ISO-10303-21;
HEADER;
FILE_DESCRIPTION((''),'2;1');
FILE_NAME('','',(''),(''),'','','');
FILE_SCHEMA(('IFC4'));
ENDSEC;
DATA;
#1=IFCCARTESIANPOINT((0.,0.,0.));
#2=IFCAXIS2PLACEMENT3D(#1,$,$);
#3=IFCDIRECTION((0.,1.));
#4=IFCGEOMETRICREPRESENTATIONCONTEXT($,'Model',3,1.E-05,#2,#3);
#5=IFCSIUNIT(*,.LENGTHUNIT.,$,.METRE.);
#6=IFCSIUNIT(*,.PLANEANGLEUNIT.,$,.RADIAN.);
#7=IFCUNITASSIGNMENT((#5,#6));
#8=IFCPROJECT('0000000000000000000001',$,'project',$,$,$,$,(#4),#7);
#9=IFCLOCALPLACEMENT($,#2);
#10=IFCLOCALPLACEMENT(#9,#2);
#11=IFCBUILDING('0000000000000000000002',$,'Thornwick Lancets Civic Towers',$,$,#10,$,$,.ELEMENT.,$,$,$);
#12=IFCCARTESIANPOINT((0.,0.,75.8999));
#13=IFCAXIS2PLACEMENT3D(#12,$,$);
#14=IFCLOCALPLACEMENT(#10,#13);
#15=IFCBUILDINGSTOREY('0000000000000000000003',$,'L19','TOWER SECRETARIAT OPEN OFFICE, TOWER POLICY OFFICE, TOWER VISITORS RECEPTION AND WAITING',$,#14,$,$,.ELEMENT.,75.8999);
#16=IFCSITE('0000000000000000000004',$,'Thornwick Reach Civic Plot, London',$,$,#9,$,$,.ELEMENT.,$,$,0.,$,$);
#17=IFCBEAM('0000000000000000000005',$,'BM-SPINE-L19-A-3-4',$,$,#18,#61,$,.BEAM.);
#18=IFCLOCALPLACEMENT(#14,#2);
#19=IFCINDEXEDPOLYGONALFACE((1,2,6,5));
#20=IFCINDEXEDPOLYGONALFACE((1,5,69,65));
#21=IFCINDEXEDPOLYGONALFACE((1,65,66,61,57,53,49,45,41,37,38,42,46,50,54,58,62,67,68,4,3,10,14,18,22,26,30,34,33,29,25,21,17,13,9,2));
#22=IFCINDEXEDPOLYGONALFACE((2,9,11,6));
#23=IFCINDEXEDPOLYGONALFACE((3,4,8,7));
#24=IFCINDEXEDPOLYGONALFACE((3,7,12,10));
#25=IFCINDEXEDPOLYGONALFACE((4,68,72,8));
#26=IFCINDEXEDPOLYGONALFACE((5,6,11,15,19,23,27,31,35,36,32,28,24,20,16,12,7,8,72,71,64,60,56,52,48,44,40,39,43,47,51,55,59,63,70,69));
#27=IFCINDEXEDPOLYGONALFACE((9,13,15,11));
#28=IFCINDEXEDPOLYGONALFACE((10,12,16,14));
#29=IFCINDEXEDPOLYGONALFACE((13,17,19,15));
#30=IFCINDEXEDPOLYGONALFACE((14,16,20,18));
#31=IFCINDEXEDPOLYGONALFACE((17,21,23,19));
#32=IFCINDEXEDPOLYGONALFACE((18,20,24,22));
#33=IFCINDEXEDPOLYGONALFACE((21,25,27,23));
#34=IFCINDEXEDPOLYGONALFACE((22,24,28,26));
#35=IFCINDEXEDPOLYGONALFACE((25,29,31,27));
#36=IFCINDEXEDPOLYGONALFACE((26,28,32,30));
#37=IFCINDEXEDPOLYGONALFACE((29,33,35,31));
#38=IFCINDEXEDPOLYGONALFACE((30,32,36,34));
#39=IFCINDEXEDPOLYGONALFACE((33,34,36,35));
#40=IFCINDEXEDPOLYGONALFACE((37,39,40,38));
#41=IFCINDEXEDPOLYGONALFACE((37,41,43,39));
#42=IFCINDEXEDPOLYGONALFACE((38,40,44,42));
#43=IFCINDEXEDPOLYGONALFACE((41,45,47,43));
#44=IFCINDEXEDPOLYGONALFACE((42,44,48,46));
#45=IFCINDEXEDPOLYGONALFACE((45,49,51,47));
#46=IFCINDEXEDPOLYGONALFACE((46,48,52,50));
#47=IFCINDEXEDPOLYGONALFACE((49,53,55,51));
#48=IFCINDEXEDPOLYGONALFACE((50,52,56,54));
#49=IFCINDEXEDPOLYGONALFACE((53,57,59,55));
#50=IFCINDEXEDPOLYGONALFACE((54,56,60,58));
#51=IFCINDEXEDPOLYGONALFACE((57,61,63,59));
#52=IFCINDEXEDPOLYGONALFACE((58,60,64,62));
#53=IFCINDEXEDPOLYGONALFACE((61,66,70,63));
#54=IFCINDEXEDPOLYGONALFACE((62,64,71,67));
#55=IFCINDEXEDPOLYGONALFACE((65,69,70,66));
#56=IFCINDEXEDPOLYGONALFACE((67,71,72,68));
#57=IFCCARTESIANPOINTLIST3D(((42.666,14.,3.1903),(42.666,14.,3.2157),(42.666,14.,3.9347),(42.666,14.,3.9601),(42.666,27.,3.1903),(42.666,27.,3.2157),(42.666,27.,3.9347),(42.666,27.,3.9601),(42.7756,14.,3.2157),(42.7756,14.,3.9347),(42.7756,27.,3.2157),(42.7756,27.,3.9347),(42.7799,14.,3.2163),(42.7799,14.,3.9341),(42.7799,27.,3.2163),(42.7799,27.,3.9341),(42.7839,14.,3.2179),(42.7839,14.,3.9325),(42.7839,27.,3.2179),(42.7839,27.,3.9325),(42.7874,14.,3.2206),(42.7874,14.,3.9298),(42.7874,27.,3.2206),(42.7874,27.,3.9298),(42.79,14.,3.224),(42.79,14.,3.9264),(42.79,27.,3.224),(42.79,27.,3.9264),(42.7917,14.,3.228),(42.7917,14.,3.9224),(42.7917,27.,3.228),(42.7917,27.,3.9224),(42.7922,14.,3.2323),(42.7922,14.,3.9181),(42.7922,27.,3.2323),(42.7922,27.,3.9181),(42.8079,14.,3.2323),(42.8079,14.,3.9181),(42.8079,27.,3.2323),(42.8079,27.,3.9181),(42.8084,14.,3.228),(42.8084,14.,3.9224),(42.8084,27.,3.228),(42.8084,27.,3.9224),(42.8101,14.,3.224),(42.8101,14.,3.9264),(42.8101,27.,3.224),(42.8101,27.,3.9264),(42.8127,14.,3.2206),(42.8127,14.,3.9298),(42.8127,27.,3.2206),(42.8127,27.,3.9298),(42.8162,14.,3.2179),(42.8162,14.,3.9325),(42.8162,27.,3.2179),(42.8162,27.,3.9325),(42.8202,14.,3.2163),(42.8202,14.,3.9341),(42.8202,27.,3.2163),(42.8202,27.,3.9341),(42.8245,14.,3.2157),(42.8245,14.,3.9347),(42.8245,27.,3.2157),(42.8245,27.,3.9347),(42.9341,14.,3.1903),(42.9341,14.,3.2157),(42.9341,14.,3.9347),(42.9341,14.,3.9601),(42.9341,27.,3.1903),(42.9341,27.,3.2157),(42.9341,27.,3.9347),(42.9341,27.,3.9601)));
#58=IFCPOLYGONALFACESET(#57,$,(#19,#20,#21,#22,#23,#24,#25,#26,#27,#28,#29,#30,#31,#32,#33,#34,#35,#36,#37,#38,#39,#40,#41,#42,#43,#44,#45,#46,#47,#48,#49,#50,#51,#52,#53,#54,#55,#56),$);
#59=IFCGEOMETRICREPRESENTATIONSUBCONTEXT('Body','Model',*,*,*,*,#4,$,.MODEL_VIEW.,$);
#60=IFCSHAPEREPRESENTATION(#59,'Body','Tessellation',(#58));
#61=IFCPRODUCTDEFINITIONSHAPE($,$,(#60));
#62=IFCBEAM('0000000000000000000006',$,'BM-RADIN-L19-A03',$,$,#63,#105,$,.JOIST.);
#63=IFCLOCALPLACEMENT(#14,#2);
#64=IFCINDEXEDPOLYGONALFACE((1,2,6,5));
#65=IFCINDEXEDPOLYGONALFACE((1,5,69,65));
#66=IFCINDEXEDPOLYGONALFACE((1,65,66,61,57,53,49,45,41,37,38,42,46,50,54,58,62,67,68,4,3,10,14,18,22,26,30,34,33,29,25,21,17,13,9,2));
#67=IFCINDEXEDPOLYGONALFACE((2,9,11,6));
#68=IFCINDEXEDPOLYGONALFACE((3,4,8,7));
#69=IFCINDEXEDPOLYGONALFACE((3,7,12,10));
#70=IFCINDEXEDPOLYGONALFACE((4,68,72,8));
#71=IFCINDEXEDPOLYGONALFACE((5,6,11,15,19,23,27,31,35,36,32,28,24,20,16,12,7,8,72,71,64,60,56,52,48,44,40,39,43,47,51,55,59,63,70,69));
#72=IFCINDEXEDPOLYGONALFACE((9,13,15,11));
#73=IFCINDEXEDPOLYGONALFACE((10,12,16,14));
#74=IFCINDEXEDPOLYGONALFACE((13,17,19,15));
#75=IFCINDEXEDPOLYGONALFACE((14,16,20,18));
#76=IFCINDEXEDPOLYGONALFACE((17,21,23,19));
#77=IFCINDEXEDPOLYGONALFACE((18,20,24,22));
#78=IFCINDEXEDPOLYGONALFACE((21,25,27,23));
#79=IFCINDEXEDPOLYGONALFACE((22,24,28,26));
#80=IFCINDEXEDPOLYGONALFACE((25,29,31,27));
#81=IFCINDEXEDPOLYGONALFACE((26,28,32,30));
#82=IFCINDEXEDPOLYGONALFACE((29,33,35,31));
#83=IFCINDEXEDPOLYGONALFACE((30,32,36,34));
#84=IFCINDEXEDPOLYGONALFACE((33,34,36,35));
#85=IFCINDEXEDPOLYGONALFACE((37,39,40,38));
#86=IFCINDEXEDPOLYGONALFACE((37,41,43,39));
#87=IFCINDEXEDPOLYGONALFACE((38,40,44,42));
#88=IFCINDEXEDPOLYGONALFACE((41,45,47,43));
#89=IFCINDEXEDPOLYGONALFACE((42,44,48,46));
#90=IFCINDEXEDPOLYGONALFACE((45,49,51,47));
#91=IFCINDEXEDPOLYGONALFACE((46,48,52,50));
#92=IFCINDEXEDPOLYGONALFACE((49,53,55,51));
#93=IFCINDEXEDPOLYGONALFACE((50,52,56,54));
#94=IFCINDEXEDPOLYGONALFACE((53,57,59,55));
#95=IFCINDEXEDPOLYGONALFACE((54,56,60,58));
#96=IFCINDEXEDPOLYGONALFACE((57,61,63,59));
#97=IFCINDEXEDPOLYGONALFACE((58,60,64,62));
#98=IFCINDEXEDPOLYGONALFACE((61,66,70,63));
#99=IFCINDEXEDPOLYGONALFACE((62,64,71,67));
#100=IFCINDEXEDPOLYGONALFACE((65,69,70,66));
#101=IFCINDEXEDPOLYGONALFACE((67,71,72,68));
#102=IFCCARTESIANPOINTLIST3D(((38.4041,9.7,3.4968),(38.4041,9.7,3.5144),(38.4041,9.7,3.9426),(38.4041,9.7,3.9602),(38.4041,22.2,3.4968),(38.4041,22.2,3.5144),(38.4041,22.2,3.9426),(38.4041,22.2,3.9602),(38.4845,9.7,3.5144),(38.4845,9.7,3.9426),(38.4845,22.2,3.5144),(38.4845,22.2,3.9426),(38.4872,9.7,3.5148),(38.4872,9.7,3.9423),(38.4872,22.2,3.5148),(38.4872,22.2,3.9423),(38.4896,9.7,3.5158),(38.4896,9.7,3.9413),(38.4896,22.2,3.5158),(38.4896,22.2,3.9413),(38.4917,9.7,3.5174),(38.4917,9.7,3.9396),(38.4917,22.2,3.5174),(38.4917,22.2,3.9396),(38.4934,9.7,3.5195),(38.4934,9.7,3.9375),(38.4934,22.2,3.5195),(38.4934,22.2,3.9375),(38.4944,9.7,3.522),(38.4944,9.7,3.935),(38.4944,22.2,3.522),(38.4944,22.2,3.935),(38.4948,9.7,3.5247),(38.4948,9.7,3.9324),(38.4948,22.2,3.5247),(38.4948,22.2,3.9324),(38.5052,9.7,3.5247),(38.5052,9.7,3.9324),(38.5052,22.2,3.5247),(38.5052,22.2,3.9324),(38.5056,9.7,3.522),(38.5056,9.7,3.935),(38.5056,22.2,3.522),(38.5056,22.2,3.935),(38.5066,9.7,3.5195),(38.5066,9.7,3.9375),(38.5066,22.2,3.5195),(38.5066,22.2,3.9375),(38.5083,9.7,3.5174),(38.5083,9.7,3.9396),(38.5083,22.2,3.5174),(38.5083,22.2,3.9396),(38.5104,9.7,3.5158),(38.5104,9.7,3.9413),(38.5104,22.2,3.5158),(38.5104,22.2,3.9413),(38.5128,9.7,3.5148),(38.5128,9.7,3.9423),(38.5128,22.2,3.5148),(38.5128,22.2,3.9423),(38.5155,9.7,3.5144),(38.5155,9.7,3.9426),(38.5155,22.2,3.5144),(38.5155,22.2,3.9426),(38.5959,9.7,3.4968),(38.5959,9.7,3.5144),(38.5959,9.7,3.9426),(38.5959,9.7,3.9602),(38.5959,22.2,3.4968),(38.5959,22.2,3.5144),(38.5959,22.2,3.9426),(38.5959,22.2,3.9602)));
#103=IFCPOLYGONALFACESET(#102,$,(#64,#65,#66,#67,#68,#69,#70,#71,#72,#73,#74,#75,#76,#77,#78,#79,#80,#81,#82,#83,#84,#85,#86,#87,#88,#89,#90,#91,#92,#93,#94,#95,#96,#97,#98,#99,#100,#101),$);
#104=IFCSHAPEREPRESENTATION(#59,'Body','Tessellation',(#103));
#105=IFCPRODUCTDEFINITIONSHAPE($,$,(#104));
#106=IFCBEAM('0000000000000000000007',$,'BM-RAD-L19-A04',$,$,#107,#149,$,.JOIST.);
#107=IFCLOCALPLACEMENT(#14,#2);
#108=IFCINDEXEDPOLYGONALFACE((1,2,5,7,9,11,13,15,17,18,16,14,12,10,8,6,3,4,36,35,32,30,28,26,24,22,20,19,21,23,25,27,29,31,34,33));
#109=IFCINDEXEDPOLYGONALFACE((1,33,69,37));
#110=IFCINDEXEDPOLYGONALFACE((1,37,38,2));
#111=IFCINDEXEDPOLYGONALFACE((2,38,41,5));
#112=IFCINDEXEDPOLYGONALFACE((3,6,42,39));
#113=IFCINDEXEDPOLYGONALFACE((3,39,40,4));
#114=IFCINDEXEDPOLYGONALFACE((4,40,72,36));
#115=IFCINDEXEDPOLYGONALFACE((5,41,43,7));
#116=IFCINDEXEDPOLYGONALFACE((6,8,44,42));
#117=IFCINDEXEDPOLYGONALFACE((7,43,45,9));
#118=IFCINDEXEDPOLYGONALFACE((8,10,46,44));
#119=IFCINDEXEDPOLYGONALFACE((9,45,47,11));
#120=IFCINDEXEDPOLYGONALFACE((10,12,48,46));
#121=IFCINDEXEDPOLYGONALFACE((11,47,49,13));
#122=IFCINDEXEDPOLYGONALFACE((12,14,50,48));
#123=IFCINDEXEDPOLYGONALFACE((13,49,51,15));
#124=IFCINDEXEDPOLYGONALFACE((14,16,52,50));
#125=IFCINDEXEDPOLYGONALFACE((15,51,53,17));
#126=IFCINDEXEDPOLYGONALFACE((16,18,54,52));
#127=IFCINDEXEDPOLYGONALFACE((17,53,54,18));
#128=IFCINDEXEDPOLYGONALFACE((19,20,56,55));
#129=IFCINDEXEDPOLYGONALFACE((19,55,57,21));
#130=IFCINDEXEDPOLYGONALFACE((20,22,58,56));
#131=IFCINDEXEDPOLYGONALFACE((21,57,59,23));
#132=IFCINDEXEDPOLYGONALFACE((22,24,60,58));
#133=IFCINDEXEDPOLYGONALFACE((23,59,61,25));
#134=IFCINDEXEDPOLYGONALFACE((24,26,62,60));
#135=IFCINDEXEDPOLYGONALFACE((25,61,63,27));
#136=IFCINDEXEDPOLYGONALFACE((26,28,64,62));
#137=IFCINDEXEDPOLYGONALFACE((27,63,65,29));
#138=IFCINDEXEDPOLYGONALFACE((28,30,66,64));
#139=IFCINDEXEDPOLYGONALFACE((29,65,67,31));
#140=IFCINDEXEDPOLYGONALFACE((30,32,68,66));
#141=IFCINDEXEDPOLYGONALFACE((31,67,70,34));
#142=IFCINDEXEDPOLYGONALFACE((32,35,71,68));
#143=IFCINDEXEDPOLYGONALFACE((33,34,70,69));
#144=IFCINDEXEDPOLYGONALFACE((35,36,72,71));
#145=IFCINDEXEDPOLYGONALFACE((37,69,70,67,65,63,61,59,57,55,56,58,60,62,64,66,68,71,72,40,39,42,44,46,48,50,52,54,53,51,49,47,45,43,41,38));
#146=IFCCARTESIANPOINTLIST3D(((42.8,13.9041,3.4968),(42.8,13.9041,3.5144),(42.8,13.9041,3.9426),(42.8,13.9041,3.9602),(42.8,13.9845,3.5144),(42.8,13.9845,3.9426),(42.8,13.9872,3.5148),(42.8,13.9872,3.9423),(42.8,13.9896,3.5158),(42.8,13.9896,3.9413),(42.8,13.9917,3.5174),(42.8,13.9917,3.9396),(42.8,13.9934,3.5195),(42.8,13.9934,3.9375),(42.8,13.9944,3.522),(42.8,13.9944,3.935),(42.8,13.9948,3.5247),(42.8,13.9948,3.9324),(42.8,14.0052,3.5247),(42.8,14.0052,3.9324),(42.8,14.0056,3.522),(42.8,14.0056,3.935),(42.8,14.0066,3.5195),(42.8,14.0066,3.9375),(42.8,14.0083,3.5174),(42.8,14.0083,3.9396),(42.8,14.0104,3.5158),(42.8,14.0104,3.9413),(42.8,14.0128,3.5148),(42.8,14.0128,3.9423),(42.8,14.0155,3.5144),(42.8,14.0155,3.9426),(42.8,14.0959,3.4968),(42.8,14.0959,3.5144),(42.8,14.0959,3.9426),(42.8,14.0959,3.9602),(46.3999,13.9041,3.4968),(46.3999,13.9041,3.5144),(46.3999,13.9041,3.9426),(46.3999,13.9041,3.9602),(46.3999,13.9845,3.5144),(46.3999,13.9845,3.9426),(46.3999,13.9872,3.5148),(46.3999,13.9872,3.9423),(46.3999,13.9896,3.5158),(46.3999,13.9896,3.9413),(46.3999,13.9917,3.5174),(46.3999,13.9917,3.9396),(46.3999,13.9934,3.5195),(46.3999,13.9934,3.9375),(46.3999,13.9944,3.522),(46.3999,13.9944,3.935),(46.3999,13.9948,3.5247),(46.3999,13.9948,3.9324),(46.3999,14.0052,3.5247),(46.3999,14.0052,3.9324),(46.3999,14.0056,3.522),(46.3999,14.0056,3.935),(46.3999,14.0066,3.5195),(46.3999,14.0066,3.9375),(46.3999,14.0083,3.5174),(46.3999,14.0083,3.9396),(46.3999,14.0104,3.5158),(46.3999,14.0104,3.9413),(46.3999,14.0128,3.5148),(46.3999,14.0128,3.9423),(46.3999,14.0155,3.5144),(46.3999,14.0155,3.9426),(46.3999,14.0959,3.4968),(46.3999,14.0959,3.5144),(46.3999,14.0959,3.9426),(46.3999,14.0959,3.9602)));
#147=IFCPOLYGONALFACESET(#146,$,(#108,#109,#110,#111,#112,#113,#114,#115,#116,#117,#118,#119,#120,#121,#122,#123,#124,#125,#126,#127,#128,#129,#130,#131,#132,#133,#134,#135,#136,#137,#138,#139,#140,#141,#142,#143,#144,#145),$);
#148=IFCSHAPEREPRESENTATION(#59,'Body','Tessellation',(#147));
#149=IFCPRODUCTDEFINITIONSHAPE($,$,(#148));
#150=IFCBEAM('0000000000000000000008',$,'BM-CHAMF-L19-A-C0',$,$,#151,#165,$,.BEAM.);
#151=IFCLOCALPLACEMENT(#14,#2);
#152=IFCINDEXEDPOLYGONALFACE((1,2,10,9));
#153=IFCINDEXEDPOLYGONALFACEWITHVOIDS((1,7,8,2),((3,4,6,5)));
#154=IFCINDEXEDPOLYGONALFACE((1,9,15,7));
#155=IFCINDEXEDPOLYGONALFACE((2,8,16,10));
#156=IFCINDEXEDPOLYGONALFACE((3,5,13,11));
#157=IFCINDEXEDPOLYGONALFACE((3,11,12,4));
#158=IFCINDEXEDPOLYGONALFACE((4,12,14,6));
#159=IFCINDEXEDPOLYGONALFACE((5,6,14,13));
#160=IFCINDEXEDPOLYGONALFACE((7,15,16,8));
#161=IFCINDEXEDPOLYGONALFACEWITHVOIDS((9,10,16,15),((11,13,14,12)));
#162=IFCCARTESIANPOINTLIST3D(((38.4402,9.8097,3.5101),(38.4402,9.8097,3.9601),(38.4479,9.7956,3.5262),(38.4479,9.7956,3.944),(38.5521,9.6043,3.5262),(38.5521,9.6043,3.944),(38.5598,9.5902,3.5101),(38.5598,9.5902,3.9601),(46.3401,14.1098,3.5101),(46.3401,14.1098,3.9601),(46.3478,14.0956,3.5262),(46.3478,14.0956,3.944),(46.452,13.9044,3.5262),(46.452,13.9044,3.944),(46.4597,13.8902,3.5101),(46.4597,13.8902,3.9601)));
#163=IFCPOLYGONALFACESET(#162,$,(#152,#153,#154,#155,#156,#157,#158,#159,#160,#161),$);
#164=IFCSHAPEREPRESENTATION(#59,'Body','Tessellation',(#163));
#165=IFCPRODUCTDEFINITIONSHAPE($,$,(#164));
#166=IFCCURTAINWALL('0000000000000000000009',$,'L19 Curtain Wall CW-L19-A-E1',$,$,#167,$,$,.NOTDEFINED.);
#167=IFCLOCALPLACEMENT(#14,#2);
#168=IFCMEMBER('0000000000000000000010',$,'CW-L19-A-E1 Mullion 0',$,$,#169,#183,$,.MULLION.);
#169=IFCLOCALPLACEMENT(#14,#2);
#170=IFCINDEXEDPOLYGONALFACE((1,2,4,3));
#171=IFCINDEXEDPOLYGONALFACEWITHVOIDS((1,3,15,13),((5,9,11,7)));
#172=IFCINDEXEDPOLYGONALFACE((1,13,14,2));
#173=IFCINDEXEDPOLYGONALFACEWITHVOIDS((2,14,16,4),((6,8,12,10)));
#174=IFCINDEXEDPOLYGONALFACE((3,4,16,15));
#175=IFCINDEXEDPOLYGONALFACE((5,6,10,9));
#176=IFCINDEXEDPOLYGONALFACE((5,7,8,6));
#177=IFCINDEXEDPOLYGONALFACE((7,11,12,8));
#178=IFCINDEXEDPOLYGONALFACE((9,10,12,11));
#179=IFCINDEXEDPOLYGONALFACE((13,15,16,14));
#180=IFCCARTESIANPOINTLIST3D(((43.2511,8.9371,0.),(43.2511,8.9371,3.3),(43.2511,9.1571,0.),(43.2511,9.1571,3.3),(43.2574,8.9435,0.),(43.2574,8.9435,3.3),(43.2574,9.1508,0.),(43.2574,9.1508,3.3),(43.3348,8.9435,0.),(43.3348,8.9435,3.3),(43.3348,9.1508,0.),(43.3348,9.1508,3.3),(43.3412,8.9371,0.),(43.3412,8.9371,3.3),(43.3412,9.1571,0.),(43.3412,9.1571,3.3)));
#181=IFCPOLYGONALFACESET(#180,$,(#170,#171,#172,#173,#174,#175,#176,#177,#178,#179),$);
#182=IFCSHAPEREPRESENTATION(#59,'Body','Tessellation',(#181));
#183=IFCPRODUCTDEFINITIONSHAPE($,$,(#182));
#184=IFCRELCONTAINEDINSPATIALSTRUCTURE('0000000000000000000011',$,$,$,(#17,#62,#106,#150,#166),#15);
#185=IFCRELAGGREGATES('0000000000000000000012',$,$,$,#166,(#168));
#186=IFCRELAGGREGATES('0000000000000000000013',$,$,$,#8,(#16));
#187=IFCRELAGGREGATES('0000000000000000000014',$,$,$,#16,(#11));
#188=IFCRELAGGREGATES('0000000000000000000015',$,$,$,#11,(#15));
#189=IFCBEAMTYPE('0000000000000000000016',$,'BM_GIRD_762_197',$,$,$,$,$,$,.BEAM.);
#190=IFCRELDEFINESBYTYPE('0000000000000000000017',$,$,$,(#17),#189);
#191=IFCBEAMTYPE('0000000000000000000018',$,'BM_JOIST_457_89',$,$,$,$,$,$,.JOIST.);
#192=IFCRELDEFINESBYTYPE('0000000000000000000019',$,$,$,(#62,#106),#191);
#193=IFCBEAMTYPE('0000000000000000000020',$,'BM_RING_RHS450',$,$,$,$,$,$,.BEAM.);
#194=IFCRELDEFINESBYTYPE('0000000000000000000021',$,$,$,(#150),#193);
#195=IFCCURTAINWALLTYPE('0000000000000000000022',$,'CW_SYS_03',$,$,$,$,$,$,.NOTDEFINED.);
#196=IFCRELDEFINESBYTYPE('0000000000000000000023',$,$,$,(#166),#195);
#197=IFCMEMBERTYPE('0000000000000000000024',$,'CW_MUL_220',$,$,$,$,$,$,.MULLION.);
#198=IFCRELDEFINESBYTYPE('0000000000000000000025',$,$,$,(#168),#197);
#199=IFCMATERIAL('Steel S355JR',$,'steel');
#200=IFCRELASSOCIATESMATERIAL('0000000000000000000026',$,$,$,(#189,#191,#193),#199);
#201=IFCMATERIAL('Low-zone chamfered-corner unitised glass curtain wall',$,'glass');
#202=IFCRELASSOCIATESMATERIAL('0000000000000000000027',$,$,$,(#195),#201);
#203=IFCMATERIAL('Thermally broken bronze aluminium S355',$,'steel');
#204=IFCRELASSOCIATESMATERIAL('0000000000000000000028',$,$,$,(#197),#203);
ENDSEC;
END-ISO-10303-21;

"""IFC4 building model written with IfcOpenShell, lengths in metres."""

from ifc_helpers import new_model, si_unit, direction, frame, origin, origin_2d, place, context, subcontext, project, spatial, hollow_rectangle, i_section, extrude, material, material_profile, profile_set, type_object, element, aggregate, save


model = new_model("IFC4")

# Units and contexts
model_context = context("Model", 3, precision=1e-05, world=origin(), true_north=direction((0.0, 1.0)))
body_context = subcontext(model_context, "Body", "Model", "MODEL_VIEW")
ifc_project = project(units=[si_unit("LENGTHUNIT", "METRE"), si_unit("PLANEANGLEUNIT", "RADIAN")], contexts=[model_context])

# Site, building, storey
site_placement = place(None, origin())
site = spatial("IfcSite", under=ifc_project, at=site_placement, Name="Thornwick Reach Civic Plot, London", CompositionType="ELEMENT", RefElevation=0.0)
building_placement = place(site_placement, origin())
building = spatial("IfcBuilding", under=site, at=building_placement, Name="Thornwick Lancets Civic Towers", CompositionType="ELEMENT")
storey_placement = place(building_placement, frame((0.0, 0.0, 75.8999)))
storey = spatial("IfcBuildingStorey", under=building, at=storey_placement, Name="L19", Description="TOWER SECRETARIAT OPEN OFFICE, TOWER POLICY OFFICE, TOWER VISITORS RECEPTION AND WAITING", CompositionType="ELEMENT", Elevation=75.8999)

# Beams
ifc_material_1 = material(Name="Steel S355JR", Category="steel")
ifc_material_profile_1 = material_profile(ifc_material_1, i_section(OverallWidth=0.2681, OverallDepth=0.7698, WebThickness=0.0156, FlangeThickness=0.0254, FilletRadius=0.0166, at=origin_2d()), Name="UKB 762x267x197")
ifc_profile_set_1 = profile_set([ifc_material_profile_1], Name="Steel S355JR")
beam_type_1 = type_object("IfcBeamType", Name="BM_GIRD_762_197", PredefinedType="BEAM", material=ifc_profile_set_1)
beam_1_placement = place(storey_placement, frame((42.8, 14.0, 3.5752), z_axis=(0.0, 1.0, 0.0), x_axis=(-1.0, 0.0, 0.0)))
element("IfcBeam", 1, at=beam_1_placement, inside=storey, type_object=beam_type_1, Name="BM-SPINE-L19-A-3-4", PredefinedType="BEAM", context=body_context, shape_type="SweptSolid", body=[
    extrude(i_section(OverallWidth=0.2681, OverallDepth=0.7698, WebThickness=0.0156, FlangeThickness=0.0254, FilletRadius=0.0166, at=origin_2d()), origin(), (0.0, 0.0, 1.0), 13.0),
])
ifc_material_profile_2 = material_profile(ifc_material_1, i_section(OverallWidth=0.1919, OverallDepth=0.4634, WebThickness=0.0105, FlangeThickness=0.0176, FilletRadius=0.0103, at=origin_2d()), Name="UKB 457x191x89")
ifc_profile_set_2 = profile_set([ifc_material_profile_2], Name="Steel S355JR")
beam_type_2 = type_object("IfcBeamType", Name="BM_JOIST_457_89", PredefinedType="JOIST", material=ifc_profile_set_2)
beam_2_placement = place(storey_placement, frame((38.5, 22.2, 3.7285), z_axis=(0.0, -1.0, 0.0), x_axis=(1.0, 0.0, 0.0)))
element("IfcBeam", 2, at=beam_2_placement, inside=storey, type_object=beam_type_2, Name="BM-RADIN-L19-A03", PredefinedType="JOIST", context=body_context, shape_type="SweptSolid", body=[
    extrude(i_section(OverallWidth=0.1919, OverallDepth=0.4634, WebThickness=0.0105, FlangeThickness=0.0176, FilletRadius=0.0103, at=origin_2d()), origin(), (0.0, 0.0, 1.0), 12.5),
])
beam_3_placement = place(storey_placement, frame((42.8, 14.0, 3.7285), z_axis=(1.0, 0.0, 0.0), x_axis=(0.0, 1.0, 0.0)))
element("IfcBeam", 3, at=beam_3_placement, inside=storey, type_object=beam_type_2, Name="BM-RAD-L19-A04", PredefinedType="JOIST", context=body_context, shape_type="SweptSolid", body=[
    extrude(i_section(OverallWidth=0.1919, OverallDepth=0.4634, WebThickness=0.0105, FlangeThickness=0.0176, FilletRadius=0.0103, at=origin_2d()), origin(), (0.0, 0.0, 1.0), 3.5999),
])
ifc_material_profile_3 = material_profile(ifc_material_1, hollow_rectangle(XDim=0.25, YDim=0.45, WallThickness=0.0161, at=origin_2d()), Name="RHS 450x250x16")
ifc_profile_set_3 = profile_set([ifc_material_profile_3], Name="Steel S355JR")
beam_type_3 = type_object("IfcBeamType", Name="BM_RING_RHS450", PredefinedType="BEAM", material=ifc_profile_set_3)
beam_4_placement = place(storey_placement, frame((38.5, 9.7, 3.7351), z_axis=(0.878315, 0.478082, 0.0), x_axis=(-0.478082, 0.878315, 0.0)))
element("IfcBeam", 4, at=beam_4_placement, inside=storey, type_object=beam_type_3, Name="BM-CHAMF-L19-A-C0", PredefinedType="BEAM", context=body_context, shape_type="SweptSolid", body=[
    extrude(hollow_rectangle(XDim=0.25, YDim=0.45, WallThickness=0.0161, at=origin_2d()), origin(), (0.0, 0.0, 1.0), 8.9944),
])

# Curtain wall, member
ifc_material_2 = material(Name="Low-zone chamfered-corner unitised glass curtain wall", Category="glass")
curtain_wall_type = type_object("IfcCurtainWallType", Name="CW_SYS_03", PredefinedType="NOTDEFINED", material=ifc_material_2)
curtain_wall_placement = place(storey_placement, origin())
curtain_wall = element("IfcCurtainWall", 5, at=curtain_wall_placement, inside=storey, type_object=curtain_wall_type, Name="L19 Curtain Wall CW-L19-A-E1", PredefinedType="NOTDEFINED")
ifc_material_3 = material(Name="Thermally broken bronze aluminium S355", Category="steel")
ifc_material_profile_4 = material_profile(ifc_material_3, hollow_rectangle(XDim=0.0901, YDim=0.22, WallThickness=0.0063, at=origin_2d()), Name="RHS 220x90x6.3")
ifc_profile_set_4 = profile_set([ifc_material_profile_4], Name="Thermally broken bronze aluminium S355")
member_type_1 = type_object("IfcMemberType", Name="CW_MUL_220", PredefinedType="MULLION", material=ifc_profile_set_4)
member_1_placement = place(storey_placement, frame((43.2961, 9.0471, 0.0), z_axis=(0.0, 0.0, 1.0), x_axis=(1.0, 0.0, 0.0)))
member_1 = element("IfcMember", 6, at=member_1_placement, type_object=member_type_1, Name="CW-L19-A-E1 Mullion 0", PredefinedType="MULLION", context=body_context, shape_type="SweptSolid", body=[
    extrude(hollow_rectangle(XDim=0.0901, YDim=0.22, WallThickness=0.0063, at=origin_2d()), origin(), (0.0, 0.0, 1.0), 3.3),
])
aggregate(curtain_wall, [member_1])

save(model, "model.ifc")
